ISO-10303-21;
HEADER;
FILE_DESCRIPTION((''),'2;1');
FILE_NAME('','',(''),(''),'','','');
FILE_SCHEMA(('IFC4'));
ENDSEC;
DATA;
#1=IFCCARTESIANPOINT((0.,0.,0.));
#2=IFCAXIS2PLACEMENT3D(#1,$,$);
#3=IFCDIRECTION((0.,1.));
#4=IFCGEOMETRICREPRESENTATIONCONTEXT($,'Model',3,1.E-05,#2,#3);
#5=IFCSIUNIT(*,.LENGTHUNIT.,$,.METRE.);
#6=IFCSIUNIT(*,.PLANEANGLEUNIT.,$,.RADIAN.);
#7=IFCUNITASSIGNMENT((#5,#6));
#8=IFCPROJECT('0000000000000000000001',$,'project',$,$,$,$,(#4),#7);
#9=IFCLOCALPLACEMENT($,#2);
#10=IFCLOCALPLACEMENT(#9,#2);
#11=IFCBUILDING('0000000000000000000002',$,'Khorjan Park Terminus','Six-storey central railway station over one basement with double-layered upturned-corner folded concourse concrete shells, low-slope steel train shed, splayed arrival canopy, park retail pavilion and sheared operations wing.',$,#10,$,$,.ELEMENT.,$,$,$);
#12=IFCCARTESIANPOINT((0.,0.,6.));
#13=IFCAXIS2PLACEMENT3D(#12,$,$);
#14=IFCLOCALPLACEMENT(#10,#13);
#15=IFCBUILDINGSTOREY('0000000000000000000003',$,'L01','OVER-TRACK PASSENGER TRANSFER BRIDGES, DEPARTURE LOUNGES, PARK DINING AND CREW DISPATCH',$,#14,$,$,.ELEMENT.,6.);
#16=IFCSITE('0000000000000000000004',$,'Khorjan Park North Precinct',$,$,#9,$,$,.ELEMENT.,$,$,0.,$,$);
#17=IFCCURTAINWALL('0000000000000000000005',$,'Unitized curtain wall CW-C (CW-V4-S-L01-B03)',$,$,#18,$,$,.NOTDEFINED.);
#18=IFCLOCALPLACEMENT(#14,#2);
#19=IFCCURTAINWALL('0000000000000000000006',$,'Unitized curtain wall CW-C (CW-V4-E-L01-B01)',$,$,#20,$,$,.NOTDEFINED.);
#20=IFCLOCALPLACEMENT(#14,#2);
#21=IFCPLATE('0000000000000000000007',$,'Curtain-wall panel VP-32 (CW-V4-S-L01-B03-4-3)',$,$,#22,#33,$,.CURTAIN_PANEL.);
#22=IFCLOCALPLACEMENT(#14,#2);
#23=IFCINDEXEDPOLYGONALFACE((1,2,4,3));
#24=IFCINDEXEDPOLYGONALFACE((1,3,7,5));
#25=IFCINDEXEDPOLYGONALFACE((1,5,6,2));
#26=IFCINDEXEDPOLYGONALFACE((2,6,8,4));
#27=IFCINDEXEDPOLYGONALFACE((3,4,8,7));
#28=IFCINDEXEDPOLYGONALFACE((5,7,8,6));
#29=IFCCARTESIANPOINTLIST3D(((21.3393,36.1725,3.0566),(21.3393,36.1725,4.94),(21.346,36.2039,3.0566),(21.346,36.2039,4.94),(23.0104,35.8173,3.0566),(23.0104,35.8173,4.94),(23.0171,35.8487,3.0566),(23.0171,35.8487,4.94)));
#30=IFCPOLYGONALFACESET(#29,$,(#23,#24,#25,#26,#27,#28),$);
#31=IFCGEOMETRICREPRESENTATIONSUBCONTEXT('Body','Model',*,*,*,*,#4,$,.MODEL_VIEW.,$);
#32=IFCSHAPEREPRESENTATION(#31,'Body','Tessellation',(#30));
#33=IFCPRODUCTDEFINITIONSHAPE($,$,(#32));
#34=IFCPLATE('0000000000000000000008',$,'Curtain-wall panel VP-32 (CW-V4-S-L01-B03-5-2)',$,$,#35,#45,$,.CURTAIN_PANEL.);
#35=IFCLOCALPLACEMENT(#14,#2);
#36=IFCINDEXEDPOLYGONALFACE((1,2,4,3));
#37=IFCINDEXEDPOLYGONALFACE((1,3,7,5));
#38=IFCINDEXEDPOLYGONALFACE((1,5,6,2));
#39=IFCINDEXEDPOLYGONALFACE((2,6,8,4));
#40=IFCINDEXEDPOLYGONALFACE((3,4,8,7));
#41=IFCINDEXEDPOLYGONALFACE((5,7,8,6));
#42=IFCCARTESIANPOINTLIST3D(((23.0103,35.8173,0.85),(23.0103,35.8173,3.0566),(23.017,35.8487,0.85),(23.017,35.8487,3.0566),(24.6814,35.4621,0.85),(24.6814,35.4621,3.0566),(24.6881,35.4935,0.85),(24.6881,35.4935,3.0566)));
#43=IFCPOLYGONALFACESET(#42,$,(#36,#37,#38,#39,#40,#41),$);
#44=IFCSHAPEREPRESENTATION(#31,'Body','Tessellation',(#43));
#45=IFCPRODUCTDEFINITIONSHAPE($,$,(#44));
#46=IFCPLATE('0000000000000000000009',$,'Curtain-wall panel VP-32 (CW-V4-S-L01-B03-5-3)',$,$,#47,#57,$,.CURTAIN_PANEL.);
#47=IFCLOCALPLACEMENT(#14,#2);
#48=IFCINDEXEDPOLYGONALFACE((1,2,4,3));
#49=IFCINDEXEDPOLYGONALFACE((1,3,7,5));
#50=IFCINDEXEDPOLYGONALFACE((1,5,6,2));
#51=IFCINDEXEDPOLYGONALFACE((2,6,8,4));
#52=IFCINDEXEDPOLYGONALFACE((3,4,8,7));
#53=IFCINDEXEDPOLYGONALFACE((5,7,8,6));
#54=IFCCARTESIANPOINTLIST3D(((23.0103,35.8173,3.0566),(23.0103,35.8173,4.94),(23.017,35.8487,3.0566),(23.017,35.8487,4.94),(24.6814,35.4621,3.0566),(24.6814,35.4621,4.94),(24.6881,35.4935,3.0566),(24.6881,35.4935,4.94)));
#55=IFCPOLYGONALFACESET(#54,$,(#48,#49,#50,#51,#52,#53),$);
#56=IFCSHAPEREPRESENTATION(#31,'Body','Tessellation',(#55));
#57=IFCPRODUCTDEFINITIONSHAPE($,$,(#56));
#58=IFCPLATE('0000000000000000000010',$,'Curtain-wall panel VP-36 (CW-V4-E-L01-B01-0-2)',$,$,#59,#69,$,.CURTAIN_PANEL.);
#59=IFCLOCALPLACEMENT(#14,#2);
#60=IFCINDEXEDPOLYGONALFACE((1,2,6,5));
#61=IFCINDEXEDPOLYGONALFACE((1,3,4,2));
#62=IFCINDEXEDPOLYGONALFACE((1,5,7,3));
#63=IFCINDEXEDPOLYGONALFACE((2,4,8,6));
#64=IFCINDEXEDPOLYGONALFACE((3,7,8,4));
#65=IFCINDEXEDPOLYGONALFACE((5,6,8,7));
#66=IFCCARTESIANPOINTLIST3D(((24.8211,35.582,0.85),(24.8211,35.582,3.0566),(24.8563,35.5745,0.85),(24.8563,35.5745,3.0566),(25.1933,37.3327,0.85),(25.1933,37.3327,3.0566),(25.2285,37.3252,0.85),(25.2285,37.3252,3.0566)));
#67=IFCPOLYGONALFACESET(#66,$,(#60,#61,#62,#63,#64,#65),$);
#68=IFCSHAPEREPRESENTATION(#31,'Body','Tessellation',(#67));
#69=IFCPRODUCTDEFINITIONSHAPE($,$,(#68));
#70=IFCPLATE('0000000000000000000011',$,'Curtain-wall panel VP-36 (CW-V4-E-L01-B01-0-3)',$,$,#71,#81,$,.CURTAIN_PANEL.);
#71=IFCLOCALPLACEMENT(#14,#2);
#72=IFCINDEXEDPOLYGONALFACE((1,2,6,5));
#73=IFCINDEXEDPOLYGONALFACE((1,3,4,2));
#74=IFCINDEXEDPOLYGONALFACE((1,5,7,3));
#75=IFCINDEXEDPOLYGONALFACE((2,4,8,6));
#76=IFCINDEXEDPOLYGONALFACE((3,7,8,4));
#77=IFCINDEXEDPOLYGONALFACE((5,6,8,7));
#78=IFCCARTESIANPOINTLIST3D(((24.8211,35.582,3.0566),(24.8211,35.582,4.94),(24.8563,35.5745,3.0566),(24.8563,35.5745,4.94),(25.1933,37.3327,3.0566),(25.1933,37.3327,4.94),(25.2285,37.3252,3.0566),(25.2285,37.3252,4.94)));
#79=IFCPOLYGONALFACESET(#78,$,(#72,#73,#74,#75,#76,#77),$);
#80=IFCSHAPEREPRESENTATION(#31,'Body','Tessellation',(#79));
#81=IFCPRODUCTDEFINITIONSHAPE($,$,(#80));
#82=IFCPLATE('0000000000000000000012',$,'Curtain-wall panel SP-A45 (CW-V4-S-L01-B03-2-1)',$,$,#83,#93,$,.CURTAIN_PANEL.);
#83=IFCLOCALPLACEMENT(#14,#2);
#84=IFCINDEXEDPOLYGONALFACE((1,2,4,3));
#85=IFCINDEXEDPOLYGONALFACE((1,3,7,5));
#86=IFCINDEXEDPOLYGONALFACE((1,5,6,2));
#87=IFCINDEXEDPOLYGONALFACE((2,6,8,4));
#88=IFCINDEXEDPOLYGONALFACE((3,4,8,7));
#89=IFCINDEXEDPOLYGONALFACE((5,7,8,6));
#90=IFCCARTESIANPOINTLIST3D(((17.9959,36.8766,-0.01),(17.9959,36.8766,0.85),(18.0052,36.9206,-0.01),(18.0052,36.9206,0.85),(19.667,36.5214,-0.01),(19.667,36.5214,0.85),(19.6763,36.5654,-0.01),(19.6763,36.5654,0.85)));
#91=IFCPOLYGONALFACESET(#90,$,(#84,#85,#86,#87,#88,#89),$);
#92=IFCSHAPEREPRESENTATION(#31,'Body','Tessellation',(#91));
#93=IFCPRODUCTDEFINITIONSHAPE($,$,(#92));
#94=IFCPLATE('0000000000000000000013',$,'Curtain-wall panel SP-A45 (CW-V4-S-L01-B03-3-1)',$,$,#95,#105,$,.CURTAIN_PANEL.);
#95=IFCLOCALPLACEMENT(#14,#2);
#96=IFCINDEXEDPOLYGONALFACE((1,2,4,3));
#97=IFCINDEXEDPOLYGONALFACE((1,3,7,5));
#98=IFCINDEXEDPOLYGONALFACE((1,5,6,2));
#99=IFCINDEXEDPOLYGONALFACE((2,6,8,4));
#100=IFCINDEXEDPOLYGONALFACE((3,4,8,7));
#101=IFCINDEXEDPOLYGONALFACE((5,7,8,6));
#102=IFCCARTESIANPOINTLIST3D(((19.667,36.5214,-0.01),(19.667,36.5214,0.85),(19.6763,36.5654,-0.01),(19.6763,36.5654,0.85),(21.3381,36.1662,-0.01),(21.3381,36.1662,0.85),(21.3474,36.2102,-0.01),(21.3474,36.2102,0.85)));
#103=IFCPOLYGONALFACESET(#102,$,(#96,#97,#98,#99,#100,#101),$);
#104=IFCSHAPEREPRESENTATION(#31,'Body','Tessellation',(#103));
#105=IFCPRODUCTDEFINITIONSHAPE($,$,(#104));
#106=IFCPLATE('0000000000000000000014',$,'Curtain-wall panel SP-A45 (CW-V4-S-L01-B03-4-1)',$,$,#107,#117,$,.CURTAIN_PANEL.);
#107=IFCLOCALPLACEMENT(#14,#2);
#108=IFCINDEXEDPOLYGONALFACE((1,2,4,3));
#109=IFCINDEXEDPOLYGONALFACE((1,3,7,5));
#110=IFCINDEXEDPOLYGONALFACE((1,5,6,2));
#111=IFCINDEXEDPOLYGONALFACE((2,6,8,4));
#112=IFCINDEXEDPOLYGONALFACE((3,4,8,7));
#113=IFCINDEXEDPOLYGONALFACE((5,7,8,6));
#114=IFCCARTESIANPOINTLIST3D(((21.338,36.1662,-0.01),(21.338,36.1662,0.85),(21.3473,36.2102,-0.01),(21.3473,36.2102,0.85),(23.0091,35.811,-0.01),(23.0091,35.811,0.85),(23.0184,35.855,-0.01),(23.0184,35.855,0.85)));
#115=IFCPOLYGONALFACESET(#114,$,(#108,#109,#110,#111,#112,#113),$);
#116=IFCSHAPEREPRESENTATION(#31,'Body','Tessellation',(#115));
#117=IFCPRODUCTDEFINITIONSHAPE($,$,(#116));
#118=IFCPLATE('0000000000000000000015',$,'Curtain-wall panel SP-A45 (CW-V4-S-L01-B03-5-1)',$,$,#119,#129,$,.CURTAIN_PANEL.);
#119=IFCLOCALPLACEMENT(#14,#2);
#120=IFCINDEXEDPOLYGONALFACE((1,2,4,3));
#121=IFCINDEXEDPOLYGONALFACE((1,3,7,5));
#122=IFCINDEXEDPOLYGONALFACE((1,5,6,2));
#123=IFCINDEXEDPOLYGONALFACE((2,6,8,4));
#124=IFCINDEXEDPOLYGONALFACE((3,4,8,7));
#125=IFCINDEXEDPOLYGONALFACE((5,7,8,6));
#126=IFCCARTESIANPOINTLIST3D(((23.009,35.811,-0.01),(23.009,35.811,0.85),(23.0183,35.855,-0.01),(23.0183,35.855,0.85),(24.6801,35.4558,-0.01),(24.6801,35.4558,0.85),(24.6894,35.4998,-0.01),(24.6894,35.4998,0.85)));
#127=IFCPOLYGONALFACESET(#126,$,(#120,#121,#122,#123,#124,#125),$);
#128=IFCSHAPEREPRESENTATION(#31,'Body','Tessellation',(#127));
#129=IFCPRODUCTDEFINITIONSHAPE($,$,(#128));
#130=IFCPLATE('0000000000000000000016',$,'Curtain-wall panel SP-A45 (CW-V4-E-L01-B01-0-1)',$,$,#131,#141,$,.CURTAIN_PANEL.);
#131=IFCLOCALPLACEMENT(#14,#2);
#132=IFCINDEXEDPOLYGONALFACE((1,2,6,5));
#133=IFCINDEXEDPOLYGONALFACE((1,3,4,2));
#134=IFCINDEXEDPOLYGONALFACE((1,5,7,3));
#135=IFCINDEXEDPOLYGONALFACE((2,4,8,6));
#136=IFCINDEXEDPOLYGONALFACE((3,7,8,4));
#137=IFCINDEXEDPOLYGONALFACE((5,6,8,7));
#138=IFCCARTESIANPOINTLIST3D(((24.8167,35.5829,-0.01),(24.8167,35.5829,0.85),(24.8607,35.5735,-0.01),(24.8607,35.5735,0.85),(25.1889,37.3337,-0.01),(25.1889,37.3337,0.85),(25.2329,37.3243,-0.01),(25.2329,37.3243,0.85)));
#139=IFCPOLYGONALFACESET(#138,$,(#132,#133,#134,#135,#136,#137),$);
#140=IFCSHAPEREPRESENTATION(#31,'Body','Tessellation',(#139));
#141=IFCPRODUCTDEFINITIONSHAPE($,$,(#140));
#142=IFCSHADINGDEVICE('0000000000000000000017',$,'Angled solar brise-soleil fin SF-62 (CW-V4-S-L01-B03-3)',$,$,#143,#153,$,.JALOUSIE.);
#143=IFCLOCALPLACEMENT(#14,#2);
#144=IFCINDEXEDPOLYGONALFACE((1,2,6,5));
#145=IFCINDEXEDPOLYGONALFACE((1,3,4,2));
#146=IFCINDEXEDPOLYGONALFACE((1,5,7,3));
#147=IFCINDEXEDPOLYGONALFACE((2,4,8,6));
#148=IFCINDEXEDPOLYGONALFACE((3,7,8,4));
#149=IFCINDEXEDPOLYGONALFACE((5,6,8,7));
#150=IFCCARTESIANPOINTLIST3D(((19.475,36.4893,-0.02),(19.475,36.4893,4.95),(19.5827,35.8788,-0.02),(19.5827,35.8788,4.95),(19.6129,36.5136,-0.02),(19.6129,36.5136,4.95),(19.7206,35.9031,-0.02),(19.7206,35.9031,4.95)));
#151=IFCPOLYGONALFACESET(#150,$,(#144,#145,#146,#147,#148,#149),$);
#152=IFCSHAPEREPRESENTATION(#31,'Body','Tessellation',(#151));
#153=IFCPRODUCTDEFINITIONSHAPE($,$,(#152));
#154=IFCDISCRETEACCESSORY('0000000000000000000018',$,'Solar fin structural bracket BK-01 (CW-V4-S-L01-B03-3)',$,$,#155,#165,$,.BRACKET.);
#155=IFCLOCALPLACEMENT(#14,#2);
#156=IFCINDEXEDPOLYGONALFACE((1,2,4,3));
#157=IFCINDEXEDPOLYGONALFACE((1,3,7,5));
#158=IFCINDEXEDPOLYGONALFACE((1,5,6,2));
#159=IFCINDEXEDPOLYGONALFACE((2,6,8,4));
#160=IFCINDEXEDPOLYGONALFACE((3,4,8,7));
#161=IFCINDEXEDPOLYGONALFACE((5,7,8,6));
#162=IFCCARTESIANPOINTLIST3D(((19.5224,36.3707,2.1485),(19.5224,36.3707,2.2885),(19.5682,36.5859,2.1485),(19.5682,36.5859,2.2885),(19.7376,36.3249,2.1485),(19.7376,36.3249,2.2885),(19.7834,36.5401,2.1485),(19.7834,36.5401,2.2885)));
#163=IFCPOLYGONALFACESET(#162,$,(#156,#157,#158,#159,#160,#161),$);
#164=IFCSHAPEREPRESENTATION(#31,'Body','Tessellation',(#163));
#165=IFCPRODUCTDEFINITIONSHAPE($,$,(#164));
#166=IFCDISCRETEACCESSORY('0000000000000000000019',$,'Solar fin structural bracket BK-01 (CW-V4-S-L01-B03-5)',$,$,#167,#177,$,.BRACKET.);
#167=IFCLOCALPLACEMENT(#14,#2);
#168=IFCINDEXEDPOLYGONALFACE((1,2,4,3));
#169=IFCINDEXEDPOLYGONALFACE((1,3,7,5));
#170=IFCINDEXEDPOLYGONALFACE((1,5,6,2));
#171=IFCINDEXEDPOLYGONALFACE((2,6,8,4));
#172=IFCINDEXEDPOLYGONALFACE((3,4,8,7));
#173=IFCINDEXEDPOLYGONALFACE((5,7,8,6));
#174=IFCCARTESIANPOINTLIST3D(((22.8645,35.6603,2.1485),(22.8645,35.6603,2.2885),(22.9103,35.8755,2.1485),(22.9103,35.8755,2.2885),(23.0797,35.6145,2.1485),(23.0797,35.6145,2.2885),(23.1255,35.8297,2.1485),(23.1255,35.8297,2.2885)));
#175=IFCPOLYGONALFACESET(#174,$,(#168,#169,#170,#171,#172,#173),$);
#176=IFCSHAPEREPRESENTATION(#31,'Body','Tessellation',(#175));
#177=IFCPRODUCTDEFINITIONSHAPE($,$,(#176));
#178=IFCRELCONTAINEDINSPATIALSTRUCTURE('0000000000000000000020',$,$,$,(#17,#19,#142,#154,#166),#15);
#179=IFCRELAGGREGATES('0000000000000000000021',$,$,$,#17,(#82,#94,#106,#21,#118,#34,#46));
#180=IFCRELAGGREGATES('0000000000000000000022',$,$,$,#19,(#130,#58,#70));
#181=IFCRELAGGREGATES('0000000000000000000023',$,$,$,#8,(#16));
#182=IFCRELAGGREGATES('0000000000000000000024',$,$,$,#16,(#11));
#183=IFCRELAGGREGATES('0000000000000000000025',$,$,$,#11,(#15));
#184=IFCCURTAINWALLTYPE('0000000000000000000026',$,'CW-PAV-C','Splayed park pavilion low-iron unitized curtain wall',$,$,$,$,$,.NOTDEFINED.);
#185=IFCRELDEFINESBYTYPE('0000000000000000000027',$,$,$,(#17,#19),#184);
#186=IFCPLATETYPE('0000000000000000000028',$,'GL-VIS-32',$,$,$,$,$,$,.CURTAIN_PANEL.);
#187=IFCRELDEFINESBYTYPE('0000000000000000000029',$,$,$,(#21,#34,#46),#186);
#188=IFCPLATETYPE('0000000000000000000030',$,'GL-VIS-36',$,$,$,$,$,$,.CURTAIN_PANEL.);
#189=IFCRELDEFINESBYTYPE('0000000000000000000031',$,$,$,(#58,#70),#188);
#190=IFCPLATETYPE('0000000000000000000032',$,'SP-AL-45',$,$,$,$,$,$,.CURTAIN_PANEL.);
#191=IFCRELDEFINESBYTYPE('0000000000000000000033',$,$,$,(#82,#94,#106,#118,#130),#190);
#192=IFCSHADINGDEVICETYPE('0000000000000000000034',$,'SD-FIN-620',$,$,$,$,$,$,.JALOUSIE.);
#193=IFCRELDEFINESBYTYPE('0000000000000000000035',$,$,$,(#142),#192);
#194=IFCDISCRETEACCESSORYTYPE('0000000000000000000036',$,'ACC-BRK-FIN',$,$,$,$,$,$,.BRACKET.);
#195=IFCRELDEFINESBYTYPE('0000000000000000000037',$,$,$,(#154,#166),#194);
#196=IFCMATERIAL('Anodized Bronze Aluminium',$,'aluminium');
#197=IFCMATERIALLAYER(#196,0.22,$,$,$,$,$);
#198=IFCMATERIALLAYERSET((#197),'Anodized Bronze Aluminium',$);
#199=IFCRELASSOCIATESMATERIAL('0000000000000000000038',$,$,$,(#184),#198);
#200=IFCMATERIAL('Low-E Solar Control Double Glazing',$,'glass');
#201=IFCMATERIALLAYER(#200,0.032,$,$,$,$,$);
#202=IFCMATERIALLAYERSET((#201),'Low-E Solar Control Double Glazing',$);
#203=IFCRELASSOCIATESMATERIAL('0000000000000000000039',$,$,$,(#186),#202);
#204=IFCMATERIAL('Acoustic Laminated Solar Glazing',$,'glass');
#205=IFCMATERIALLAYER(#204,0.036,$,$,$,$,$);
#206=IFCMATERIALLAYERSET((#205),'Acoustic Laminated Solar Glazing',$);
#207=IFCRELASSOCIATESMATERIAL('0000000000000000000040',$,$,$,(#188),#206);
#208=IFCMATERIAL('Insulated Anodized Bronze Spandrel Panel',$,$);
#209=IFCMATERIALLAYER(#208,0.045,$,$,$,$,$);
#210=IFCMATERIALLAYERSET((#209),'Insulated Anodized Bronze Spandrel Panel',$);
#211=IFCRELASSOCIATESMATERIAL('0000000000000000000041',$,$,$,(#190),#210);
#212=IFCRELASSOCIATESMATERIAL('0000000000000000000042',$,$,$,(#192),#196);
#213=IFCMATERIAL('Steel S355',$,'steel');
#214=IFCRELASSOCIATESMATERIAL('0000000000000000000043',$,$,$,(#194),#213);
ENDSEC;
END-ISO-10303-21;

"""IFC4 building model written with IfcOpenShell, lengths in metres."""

from ifc_helpers import new_model, si_unit, direction, frame, origin, origin_2d, place, context, subcontext, project, spatial, rectangle, extrude, material, layer, layer_set, type_object, element, aggregate, save


model = new_model("IFC4")

# Units and contexts
model_context = context("Model", 3, precision=1e-05, world=origin(), true_north=direction((0.0, 1.0)))
body_context = subcontext(model_context, "Body", "Model", "MODEL_VIEW")
ifc_project = project(units=[si_unit("LENGTHUNIT", "METRE"), si_unit("PLANEANGLEUNIT", "RADIAN")], contexts=[model_context])

# Site, building, storey
site_placement = place(None, origin())
site = spatial("IfcSite", under=ifc_project, at=site_placement, Name="Khorjan Park North Precinct", CompositionType="ELEMENT", RefElevation=0.0)
building_placement = place(site_placement, origin())
building = spatial("IfcBuilding", under=site, at=building_placement, Name="Khorjan Park Terminus", Description="Six-storey central railway station over one basement with double-layered upturned-corner folded concourse concrete shells, low-slope steel train shed, splayed arrival canopy, park retail pavilion and sheared operations wing.", CompositionType="ELEMENT")
storey_placement = place(building_placement, frame((0.0, 0.0, 6.0)))
storey = spatial("IfcBuildingStorey", under=building, at=storey_placement, Name="L01", Description="OVER-TRACK PASSENGER TRANSFER BRIDGES, DEPARTURE LOUNGES, PARK DINING AND CREW DISPATCH", CompositionType="ELEMENT", Elevation=6.0)

# Shared definitions
ifc_material_1 = material(Name="Steel S355", Category="steel")

# Curtain wall
ifc_material_2 = material(Name="Anodized Bronze Aluminium", Category="aluminium")
ifc_layer_1 = layer(ifc_material_2, 0.22)
ifc_layer_set_1 = layer_set([ifc_layer_1], Name="Anodized Bronze Aluminium")
curtain_wall_type = type_object("IfcCurtainWallType", Name="CW-PAV-C", Description="Splayed park pavilion low-iron unitized curtain wall", PredefinedType="NOTDEFINED", material=ifc_layer_set_1)
curtain_wall_1_placement = place(storey_placement, origin())
curtain_wall_1 = element("IfcCurtainWall", 1, at=curtain_wall_1_placement, inside=storey, type_object=curtain_wall_type, Name="Unitized curtain wall CW-C (CW-V4-S-L01-B03)", PredefinedType="NOTDEFINED")

# Curtain wall
curtain_wall_2_placement = place(storey_placement, origin())
curtain_wall_2 = element("IfcCurtainWall", 2, at=curtain_wall_2_placement, inside=storey, type_object=curtain_wall_type, Name="Unitized curtain wall CW-C (CW-V4-E-L01-B01)", PredefinedType="NOTDEFINED")

# Plates
ifc_material_3 = material(Name="Low-E Solar Control Double Glazing", Category="glass")
ifc_layer_2 = layer(ifc_material_3, 0.032)
ifc_layer_set_2 = layer_set([ifc_layer_2], Name="Low-E Solar Control Double Glazing")
plate_type_1 = type_object("IfcPlateType", Name="GL-VIS-32", PredefinedType="CURTAIN_PANEL", material=ifc_layer_set_2)
plate_1_placement = place(storey_placement, frame((22.1782, 36.0106, 3.0566), z_axis=(0.0, 0.0, 1.0), x_axis=(0.978147, -0.207914, 0.0)))
plate_1 = element("IfcPlate", 3, at=plate_1_placement, type_object=plate_type_1, Name="Curtain-wall panel VP-32 (CW-V4-S-L01-B03-4-3)", PredefinedType="CURTAIN_PANEL", context=body_context, shape_type="SweptSolid", body=[
    extrude(rectangle(XDim=1.7084, YDim=0.032, at=origin_2d()), origin(), (0.0, 0.0, 1.0), 1.8834),
])
plate_2_placement = place(storey_placement, frame((23.8492, 35.6554, 0.85), z_axis=(0.0, 0.0, 1.0), x_axis=(0.978147, -0.207914, 0.0)))
plate_2 = element("IfcPlate", 4, at=plate_2_placement, type_object=plate_type_1, Name="Curtain-wall panel VP-32 (CW-V4-S-L01-B03-5-2)", PredefinedType="CURTAIN_PANEL", context=body_context, shape_type="SweptSolid", body=[
    extrude(rectangle(XDim=1.7084, YDim=0.032, at=origin_2d()), origin(), (0.0, 0.0, 1.0), 2.2066),
])
plate_3_placement = place(storey_placement, frame((23.8492, 35.6554, 3.0566), z_axis=(0.0, 0.0, 1.0), x_axis=(0.978147, -0.207914, 0.0)))
plate_3 = element("IfcPlate", 5, at=plate_3_placement, type_object=plate_type_1, Name="Curtain-wall panel VP-32 (CW-V4-S-L01-B03-5-3)", PredefinedType="CURTAIN_PANEL", context=body_context, shape_type="SweptSolid", body=[
    extrude(rectangle(XDim=1.7084, YDim=0.032, at=origin_2d()), origin(), (0.0, 0.0, 1.0), 1.8834),
])
ifc_material_4 = material(Name="Acoustic Laminated Solar Glazing", Category="glass")
ifc_layer_3 = layer(ifc_material_4, 0.036)
ifc_layer_set_3 = layer_set([ifc_layer_3], Name="Acoustic Laminated Solar Glazing")
plate_type_2 = type_object("IfcPlateType", Name="GL-VIS-36", PredefinedType="CURTAIN_PANEL", material=ifc_layer_set_3)
plate_4_placement = place(storey_placement, frame((25.0248, 36.4536, 0.85), z_axis=(0.0, 0.0, 1.0), x_axis=(0.207917, 0.978147, 0.0)))
plate_4 = element("IfcPlate", 6, at=plate_4_placement, type_object=plate_type_2, Name="Curtain-wall panel VP-36 (CW-V4-E-L01-B01-0-2)", PredefinedType="CURTAIN_PANEL", context=body_context, shape_type="SweptSolid", body=[
    extrude(rectangle(XDim=1.7899, YDim=0.036, at=origin_2d()), origin(), (0.0, 0.0, 1.0), 2.2066),
])
plate_5_placement = place(storey_placement, frame((25.0248, 36.4536, 3.0566), z_axis=(0.0, 0.0, 1.0), x_axis=(0.207917, 0.978147, 0.0)))
plate_5 = element("IfcPlate", 7, at=plate_5_placement, type_object=plate_type_2, Name="Curtain-wall panel VP-36 (CW-V4-E-L01-B01-0-3)", PredefinedType="CURTAIN_PANEL", context=body_context, shape_type="SweptSolid", body=[
    extrude(rectangle(XDim=1.7899, YDim=0.036, at=origin_2d()), origin(), (0.0, 0.0, 1.0), 1.8834),
])
ifc_material_5 = material(Name="Insulated Anodized Bronze Spandrel Panel")
ifc_layer_4 = layer(ifc_material_5, 0.045)
ifc_layer_set_4 = layer_set([ifc_layer_4], Name="Insulated Anodized Bronze Spandrel Panel")
plate_type_3 = type_object("IfcPlateType", Name="SP-AL-45", PredefinedType="CURTAIN_PANEL", material=ifc_layer_set_4)
plate_6_placement = place(storey_placement, frame((18.8361, 36.721, -0.01), z_axis=(0.0, 0.0, 1.0), x_axis=(0.978147, -0.207914, 0.0)))
plate_6 = element("IfcPlate", 8, at=plate_6_placement, type_object=plate_type_3, Name="Curtain-wall panel SP-A45 (CW-V4-S-L01-B03-2-1)", PredefinedType="CURTAIN_PANEL", context=body_context, shape_type="SweptSolid", body=[
    extrude(rectangle(XDim=1.7084, YDim=0.045, at=origin_2d()), origin(), (0.0, 0.0, 1.0), 0.86),
])
plate_7_placement = place(storey_placement, frame((20.5072, 36.3658, -0.01), z_axis=(0.0, 0.0, 1.0), x_axis=(0.978147, -0.207914, 0.0)))
plate_7 = element("IfcPlate", 9, at=plate_7_placement, type_object=plate_type_3, Name="Curtain-wall panel SP-A45 (CW-V4-S-L01-B03-3-1)", PredefinedType="CURTAIN_PANEL", context=body_context, shape_type="SweptSolid", body=[
    extrude(rectangle(XDim=1.7084, YDim=0.045, at=origin_2d()), origin(), (0.0, 0.0, 1.0), 0.86),
])
plate_8_placement = place(storey_placement, frame((22.1782, 36.0106, -0.01), z_axis=(0.0, 0.0, 1.0), x_axis=(0.978147, -0.207914, 0.0)))
plate_8 = element("IfcPlate", 10, at=plate_8_placement, type_object=plate_type_3, Name="Curtain-wall panel SP-A45 (CW-V4-S-L01-B03-4-1)", PredefinedType="CURTAIN_PANEL", context=body_context, shape_type="SweptSolid", body=[
    extrude(rectangle(XDim=1.7084, YDim=0.045, at=origin_2d()), origin(), (0.0, 0.0, 1.0), 0.86),
])
plate_9_placement = place(storey_placement, frame((23.8492, 35.6554, -0.01), z_axis=(0.0, 0.0, 1.0), x_axis=(0.978147, -0.207914, 0.0)))
plate_9 = element("IfcPlate", 11, at=plate_9_placement, type_object=plate_type_3, Name="Curtain-wall panel SP-A45 (CW-V4-S-L01-B03-5-1)", PredefinedType="CURTAIN_PANEL", context=body_context, shape_type="SweptSolid", body=[
    extrude(rectangle(XDim=1.7084, YDim=0.045, at=origin_2d()), origin(), (0.0, 0.0, 1.0), 0.86),
])
aggregate(curtain_wall_1, [plate_6, plate_7, plate_8, plate_1, plate_9, plate_2, plate_3])
plate_10_placement = place(storey_placement, frame((25.0248, 36.4536, -0.01), z_axis=(0.0, 0.0, 1.0), x_axis=(0.207917, 0.978147, 0.0)))
plate_10 = element("IfcPlate", 12, at=plate_10_placement, type_object=plate_type_3, Name="Curtain-wall panel SP-A45 (CW-V4-E-L01-B01-0-1)", PredefinedType="CURTAIN_PANEL", context=body_context, shape_type="SweptSolid", body=[
    extrude(rectangle(XDim=1.7899, YDim=0.045, at=origin_2d()), origin(), (0.0, 0.0, 1.0), 0.86),
])
aggregate(curtain_wall_2, [plate_10, plate_4, plate_5])

# Shading device
shading_device_type = type_object("IfcShadingDeviceType", Name="SD-FIN-620", PredefinedType="JALOUSIE", material=ifc_material_2)
shading_device_placement = place(storey_placement, frame((19.5978, 36.1962, -0.02), z_axis=(0.0, 0.0, 1.0), x_axis=(-0.173648, 0.984808, 0.0)))
element("IfcShadingDevice", 13, at=shading_device_placement, inside=storey, type_object=shading_device_type, Name="Angled solar brise-soleil fin SF-62 (CW-V4-S-L01-B03-3)", PredefinedType="JALOUSIE", context=body_context, shape_type="SweptSolid", body=[
    extrude(rectangle(XDim=0.62, YDim=0.14, at=origin_2d()), origin(), (0.0, 0.0, 1.0), 4.97),
])

# Discrete accessories
discrete_accessory_type = type_object("IfcDiscreteAccessoryType", Name="ACC-BRK-FIN", PredefinedType="BRACKET", material=ifc_material_1)
for number, where, z_axis, x_axis, name in (
    (14, (19.6529, 36.4554, 2.1485), (0.0, 0.0, 1.0), (0.978147, -0.207914, 0.0), "Solar fin structural bracket BK-01 (CW-V4-S-L01-B03-3)"),
    (15, (22.995, 35.745, 2.1485), (0.0, 0.0, 1.0), (0.978147, -0.207914, 0.0), "Solar fin structural bracket BK-01 (CW-V4-S-L01-B03-5)"),
):
    element("IfcDiscreteAccessory", number, at=place(storey_placement, frame(where, z_axis=z_axis, x_axis=x_axis)), inside=storey, type_object=discrete_accessory_type, Name=name, PredefinedType="BRACKET", context=body_context, shape_type="SweptSolid", body=[
        extrude(rectangle(XDim=0.22, YDim=0.22, at=origin_2d()), origin(), (0.0, 0.0, 1.0), 0.14),
    ])

save(model, "model.ifc")
